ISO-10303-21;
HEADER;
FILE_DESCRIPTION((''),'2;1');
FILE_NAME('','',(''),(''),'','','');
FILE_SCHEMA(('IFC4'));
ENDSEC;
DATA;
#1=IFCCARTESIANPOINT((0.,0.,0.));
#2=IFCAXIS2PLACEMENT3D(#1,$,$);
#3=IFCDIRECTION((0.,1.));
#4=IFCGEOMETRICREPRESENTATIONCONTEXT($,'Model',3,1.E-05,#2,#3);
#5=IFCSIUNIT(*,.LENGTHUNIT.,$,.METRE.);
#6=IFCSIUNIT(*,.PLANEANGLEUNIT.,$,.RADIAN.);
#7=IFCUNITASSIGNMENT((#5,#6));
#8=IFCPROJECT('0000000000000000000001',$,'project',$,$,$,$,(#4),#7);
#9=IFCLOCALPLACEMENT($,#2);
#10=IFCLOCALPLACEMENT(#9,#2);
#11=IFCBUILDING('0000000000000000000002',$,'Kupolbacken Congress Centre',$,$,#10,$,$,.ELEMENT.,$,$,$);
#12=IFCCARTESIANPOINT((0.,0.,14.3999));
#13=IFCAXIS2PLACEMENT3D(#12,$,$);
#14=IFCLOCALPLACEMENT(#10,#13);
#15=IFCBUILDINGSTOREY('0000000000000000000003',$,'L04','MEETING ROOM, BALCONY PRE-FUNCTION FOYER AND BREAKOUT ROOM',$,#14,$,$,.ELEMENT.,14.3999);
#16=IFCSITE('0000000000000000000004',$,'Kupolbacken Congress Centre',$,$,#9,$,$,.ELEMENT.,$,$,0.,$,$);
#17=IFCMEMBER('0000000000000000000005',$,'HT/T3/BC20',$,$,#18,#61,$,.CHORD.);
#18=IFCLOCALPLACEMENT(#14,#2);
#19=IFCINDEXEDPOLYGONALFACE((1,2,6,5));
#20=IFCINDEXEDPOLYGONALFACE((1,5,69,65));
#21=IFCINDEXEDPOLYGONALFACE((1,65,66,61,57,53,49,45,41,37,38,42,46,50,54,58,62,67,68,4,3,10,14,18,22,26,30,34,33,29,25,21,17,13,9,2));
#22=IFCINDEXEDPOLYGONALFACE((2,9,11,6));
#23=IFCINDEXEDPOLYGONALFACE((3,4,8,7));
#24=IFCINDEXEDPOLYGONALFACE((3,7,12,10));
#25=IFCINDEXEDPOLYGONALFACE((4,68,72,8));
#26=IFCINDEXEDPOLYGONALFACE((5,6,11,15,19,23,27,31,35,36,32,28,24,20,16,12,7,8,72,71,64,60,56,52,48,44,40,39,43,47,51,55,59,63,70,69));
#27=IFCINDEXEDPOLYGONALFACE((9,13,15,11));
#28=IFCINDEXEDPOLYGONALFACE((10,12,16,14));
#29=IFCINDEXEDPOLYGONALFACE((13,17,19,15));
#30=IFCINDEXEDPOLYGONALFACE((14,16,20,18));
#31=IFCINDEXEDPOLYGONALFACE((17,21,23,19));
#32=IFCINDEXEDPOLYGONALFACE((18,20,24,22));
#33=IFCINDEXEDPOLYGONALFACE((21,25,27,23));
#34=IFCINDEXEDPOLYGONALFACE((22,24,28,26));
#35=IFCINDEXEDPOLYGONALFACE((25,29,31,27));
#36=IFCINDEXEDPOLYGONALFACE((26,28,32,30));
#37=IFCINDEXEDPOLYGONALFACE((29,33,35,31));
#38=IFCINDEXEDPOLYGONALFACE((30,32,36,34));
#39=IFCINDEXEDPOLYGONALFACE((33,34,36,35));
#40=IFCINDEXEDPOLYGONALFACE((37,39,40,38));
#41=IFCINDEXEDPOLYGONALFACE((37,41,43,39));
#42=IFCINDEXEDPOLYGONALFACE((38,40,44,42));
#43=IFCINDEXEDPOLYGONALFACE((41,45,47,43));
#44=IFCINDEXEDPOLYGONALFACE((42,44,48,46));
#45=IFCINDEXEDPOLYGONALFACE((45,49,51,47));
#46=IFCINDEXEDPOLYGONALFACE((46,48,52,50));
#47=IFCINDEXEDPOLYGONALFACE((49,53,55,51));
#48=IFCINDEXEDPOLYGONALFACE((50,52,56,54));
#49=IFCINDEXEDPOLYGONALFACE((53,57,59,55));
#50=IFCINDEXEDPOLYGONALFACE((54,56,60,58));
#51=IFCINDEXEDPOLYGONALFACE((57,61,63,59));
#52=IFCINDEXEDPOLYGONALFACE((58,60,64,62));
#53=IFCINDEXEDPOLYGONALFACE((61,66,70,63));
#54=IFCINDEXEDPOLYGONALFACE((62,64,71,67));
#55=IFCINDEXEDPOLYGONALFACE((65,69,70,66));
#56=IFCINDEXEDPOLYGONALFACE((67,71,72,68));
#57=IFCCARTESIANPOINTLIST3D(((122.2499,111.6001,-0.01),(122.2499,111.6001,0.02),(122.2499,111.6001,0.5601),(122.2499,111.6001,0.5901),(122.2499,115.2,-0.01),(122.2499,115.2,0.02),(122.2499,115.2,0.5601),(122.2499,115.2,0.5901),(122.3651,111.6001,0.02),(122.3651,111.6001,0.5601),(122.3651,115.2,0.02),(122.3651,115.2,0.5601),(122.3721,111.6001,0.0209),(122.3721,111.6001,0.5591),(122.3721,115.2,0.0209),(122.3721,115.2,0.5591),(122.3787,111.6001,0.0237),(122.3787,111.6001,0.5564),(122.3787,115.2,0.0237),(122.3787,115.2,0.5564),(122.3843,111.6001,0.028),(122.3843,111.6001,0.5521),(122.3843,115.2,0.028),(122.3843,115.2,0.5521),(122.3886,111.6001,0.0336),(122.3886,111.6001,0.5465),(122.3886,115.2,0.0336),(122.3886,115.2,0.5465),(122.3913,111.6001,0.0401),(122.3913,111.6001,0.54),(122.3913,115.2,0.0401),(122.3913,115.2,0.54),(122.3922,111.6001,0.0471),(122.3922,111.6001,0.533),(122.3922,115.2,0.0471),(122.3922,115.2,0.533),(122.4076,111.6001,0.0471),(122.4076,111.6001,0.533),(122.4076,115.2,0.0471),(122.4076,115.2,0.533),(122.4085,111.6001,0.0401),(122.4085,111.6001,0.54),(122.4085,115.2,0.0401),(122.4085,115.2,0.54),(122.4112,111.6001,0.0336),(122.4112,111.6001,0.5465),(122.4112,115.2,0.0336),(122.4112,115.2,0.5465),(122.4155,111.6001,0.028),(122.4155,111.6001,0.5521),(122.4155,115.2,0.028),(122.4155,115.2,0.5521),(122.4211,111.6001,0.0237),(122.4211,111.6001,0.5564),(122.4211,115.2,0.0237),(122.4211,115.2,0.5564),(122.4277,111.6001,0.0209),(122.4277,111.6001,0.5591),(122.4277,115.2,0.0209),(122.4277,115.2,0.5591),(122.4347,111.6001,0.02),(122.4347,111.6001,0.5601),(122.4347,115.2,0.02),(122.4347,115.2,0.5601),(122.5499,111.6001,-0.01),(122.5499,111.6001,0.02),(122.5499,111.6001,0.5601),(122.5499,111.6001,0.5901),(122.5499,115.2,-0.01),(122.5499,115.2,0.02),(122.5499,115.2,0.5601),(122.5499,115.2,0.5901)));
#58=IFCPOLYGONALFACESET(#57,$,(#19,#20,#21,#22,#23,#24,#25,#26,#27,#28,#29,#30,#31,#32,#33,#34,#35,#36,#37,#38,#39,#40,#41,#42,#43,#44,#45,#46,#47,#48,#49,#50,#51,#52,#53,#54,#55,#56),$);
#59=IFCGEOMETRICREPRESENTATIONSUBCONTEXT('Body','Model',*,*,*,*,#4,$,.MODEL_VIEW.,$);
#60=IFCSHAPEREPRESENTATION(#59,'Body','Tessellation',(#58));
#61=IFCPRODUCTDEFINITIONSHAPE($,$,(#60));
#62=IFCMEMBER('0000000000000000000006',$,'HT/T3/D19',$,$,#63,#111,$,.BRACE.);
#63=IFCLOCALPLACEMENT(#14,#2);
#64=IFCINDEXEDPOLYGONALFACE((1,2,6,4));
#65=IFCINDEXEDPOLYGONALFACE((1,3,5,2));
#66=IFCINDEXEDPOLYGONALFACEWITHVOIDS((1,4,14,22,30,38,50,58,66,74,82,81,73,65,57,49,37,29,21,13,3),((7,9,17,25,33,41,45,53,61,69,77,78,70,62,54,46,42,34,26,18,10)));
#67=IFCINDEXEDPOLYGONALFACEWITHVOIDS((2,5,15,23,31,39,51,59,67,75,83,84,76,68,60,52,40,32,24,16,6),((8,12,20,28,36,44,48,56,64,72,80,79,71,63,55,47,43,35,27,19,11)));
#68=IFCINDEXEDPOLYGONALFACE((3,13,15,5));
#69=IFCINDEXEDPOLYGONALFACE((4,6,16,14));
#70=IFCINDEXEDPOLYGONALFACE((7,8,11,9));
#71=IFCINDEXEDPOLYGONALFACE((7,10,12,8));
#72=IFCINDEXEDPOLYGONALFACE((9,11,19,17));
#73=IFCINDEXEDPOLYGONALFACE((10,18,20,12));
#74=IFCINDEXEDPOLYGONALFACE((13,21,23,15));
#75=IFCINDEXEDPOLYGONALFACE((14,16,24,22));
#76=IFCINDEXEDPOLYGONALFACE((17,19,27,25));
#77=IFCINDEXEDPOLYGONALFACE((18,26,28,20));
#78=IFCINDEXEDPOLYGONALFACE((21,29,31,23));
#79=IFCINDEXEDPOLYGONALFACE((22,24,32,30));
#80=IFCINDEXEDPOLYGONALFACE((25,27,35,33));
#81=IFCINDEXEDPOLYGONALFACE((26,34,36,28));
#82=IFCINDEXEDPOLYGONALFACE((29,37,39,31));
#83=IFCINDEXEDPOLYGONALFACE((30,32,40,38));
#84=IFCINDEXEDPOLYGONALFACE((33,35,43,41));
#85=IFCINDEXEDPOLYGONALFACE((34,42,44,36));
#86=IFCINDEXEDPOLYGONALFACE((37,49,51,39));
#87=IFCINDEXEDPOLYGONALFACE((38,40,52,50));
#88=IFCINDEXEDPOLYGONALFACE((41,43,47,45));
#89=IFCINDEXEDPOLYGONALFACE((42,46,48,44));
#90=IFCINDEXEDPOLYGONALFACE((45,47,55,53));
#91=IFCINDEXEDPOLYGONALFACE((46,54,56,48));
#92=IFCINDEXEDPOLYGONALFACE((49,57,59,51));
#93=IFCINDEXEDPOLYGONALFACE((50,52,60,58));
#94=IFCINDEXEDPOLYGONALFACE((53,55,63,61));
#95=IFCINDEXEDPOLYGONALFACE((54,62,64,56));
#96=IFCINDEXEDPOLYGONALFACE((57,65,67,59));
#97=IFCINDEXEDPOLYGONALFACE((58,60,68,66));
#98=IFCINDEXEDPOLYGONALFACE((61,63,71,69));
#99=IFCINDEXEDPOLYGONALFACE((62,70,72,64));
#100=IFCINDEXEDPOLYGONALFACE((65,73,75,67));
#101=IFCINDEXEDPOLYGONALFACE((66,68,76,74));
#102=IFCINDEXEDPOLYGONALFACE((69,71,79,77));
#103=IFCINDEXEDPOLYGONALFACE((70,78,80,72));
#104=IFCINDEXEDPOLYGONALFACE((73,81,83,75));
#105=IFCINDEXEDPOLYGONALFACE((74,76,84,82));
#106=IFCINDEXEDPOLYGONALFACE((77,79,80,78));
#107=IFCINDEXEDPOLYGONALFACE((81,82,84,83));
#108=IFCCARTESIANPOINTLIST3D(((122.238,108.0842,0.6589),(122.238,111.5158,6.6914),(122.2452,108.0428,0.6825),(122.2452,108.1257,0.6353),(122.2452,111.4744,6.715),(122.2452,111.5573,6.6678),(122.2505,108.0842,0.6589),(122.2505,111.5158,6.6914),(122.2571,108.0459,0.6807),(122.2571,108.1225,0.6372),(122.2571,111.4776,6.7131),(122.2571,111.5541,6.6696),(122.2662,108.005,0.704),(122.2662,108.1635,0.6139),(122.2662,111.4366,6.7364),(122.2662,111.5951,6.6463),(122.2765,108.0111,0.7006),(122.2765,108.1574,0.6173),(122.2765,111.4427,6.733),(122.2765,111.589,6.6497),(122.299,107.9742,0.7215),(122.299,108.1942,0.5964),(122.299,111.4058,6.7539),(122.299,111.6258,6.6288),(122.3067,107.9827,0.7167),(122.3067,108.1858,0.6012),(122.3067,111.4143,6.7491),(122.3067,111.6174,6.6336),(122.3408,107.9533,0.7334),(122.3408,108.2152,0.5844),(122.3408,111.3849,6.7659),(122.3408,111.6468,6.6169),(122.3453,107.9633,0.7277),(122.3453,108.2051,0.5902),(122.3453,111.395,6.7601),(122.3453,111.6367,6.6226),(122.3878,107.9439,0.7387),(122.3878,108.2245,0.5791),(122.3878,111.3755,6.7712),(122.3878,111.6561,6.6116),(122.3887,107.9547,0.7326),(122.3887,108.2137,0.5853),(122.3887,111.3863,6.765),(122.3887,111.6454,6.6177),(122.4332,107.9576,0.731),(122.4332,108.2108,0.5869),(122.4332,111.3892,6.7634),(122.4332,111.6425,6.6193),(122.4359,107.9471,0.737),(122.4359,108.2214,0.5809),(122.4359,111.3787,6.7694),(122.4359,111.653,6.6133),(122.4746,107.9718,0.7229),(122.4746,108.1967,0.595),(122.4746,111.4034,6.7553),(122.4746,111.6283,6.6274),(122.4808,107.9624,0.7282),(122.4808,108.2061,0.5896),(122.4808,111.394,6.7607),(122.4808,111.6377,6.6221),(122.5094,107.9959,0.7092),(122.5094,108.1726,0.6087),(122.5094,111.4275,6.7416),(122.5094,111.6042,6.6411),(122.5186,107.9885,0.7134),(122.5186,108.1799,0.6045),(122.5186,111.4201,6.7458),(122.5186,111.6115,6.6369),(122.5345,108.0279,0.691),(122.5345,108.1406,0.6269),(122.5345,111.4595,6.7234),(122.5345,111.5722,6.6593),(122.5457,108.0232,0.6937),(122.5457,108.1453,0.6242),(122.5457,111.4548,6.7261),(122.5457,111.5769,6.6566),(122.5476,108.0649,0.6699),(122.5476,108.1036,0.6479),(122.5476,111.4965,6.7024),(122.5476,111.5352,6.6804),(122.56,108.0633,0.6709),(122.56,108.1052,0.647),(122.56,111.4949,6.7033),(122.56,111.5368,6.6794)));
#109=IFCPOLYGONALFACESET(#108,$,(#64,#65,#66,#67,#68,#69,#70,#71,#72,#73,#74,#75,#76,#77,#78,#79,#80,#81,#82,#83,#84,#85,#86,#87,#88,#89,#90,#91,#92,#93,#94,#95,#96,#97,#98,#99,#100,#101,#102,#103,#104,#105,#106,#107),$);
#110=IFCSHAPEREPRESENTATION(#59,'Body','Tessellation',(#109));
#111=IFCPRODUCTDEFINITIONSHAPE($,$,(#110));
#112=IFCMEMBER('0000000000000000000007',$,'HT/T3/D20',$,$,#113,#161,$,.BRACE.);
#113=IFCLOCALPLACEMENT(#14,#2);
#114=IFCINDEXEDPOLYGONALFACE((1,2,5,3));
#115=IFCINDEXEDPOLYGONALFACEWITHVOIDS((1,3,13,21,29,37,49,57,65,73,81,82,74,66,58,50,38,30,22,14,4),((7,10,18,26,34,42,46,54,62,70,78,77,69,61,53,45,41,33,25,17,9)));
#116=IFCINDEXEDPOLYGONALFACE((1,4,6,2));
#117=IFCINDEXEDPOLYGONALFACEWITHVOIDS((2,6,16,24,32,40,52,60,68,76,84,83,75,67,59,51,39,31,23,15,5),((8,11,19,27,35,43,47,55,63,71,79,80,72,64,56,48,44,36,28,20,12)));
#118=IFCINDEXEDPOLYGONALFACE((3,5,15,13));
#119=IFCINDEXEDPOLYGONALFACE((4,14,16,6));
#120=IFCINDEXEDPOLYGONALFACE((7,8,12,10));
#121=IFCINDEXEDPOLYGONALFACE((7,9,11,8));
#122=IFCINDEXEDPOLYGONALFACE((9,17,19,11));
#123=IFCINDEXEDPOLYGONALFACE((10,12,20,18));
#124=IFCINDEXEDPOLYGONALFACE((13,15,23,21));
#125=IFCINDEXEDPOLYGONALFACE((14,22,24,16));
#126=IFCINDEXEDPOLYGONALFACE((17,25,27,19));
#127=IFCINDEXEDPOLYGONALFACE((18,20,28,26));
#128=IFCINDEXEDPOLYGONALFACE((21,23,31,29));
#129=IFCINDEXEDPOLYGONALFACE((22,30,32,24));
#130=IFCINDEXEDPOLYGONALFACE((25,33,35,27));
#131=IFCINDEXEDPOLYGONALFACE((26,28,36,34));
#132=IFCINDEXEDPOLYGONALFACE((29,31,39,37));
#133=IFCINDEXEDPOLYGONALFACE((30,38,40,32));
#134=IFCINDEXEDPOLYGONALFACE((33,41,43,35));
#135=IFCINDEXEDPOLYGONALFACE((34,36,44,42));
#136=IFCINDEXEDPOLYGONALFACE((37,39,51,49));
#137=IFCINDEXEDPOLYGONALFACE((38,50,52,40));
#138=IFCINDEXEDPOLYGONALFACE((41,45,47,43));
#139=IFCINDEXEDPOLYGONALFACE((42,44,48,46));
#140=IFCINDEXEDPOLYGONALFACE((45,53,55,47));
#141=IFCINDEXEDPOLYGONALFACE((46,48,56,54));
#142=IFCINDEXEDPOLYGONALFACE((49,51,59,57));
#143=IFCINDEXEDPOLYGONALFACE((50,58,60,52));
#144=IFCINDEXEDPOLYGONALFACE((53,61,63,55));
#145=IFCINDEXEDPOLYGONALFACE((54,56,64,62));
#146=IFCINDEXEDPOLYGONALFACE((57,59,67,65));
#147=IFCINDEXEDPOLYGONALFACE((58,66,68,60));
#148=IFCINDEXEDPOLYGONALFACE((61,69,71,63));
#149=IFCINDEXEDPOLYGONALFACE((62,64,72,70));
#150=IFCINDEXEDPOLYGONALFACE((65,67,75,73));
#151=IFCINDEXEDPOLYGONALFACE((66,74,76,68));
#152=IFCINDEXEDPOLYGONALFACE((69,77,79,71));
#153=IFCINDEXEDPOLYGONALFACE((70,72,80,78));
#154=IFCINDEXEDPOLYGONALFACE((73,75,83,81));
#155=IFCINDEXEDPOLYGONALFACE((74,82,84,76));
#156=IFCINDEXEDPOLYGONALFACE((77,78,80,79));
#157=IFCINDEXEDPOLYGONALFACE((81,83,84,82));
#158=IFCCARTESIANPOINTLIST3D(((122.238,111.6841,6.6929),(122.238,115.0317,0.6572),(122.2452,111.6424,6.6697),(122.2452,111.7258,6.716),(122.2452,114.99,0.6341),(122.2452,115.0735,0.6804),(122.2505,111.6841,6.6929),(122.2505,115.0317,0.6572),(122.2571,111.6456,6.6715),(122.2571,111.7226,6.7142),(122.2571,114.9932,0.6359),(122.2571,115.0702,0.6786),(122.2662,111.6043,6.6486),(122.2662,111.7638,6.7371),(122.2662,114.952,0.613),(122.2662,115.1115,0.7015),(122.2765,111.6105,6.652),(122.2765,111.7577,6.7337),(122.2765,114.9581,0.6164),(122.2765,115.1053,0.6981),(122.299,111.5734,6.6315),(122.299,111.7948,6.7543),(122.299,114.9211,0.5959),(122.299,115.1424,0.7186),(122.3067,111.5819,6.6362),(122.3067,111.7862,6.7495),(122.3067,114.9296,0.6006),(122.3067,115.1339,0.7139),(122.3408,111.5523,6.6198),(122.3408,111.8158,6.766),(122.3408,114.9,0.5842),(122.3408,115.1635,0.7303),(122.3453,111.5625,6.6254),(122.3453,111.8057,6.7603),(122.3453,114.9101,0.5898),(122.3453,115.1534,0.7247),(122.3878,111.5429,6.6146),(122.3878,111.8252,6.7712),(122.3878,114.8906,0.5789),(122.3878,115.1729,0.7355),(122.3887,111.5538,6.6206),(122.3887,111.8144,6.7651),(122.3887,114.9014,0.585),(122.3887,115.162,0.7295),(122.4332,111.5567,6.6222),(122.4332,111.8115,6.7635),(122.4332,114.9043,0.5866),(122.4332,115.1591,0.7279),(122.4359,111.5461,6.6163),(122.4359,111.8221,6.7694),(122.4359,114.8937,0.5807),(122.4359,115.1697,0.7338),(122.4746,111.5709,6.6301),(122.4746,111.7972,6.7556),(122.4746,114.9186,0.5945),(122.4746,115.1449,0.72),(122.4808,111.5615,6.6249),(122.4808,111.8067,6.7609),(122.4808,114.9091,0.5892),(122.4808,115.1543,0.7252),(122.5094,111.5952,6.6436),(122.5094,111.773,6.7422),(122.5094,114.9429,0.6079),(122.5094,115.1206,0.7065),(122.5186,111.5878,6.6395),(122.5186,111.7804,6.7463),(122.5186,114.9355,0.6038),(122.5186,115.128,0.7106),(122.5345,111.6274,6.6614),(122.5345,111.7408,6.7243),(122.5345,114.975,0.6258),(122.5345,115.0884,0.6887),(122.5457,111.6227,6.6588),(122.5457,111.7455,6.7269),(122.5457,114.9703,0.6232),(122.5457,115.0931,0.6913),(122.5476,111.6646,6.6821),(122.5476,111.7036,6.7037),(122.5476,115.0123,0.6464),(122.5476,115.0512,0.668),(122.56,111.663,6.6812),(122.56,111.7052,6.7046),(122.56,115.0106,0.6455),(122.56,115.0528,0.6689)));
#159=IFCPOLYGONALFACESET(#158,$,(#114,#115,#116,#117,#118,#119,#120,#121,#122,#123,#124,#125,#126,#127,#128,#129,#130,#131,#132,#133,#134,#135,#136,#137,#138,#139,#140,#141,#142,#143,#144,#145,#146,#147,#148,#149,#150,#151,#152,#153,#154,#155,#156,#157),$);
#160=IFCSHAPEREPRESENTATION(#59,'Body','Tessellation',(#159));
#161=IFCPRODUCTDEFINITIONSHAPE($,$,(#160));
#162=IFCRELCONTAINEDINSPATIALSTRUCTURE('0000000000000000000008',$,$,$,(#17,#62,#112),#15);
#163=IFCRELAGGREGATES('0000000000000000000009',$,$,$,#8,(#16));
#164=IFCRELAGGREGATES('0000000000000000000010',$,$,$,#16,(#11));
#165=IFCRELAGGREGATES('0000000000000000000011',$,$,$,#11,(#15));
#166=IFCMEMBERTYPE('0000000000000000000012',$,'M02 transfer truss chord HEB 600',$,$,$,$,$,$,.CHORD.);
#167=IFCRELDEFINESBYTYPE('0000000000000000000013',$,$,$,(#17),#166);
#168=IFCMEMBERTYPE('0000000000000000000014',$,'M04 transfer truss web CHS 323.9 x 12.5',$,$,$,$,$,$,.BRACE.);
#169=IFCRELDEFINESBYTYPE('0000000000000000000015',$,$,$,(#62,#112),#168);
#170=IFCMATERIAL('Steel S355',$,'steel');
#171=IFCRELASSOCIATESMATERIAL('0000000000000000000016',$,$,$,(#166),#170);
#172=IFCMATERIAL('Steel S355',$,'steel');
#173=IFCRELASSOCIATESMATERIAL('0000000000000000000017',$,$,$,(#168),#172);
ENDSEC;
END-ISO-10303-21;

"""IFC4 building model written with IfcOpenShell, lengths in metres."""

from ifc_helpers import new_model, si_unit, direction, frame, origin, origin_2d, place, context, subcontext, project, spatial, hollow_circle, i_section, extrude, material, material_profile, profile_set, type_object, element, save


model = new_model("IFC4")

# Units and contexts
model_context = context("Model", 3, precision=1e-05, world=origin(), true_north=direction((0.0, 1.0)))
body_context = subcontext(model_context, "Body", "Model", "MODEL_VIEW")
ifc_project = project(units=[si_unit("LENGTHUNIT", "METRE"), si_unit("PLANEANGLEUNIT", "RADIAN")], contexts=[model_context])

# Site, building, storey
site_placement = place(None, origin())
site = spatial("IfcSite", under=ifc_project, at=site_placement, Name="Kupolbacken Congress Centre", CompositionType="ELEMENT", RefElevation=0.0)
building_placement = place(site_placement, origin())
building = spatial("IfcBuilding", under=site, at=building_placement, Name="Kupolbacken Congress Centre", CompositionType="ELEMENT")
storey_placement = place(building_placement, frame((0.0, 0.0, 14.3999)))
storey = spatial("IfcBuildingStorey", under=building, at=storey_placement, Name="L04", Description="MEETING ROOM, BALCONY PRE-FUNCTION FOYER AND BREAKOUT ROOM", CompositionType="ELEMENT", Elevation=14.3999)

# Members
ifc_material_1 = material(Name="Steel S355", Category="steel")
ifc_material_profile_1 = material_profile(ifc_material_1, i_section(OverallWidth=0.3, OverallDepth=0.6001, WebThickness=0.0154, FlangeThickness=0.03, FilletRadius=0.0271, at=origin_2d()), Name="HEB 600")
ifc_profile_set_1 = profile_set([ifc_material_profile_1], Name="Steel S355")
member_type_1 = type_object("IfcMemberType", Name="M02 transfer truss chord HEB 600", PredefinedType="CHORD", material=ifc_profile_set_1)
member_1_placement = place(storey_placement, frame((122.3999, 111.6001, 0.29), z_axis=(0.0, 1.0, 0.0), x_axis=(-1.0, 0.0, 0.0)))
element("IfcMember", 1, at=member_1_placement, inside=storey, type_object=member_type_1, Name="HT/T3/BC20", PredefinedType="CHORD", context=body_context, shape_type="SweptSolid", body=[
    extrude(i_section(OverallWidth=0.3, OverallDepth=0.6001, WebThickness=0.0154, FlangeThickness=0.03, FilletRadius=0.0271, at=origin_2d()), origin(), (0.0, 0.0, 1.0), 3.5999),
])
ifc_material_2 = material(Name="Steel S355", Category="steel")
ifc_material_profile_2 = material_profile(ifc_material_2, hollow_circle(Radius=0.1619, WallThickness=0.0125, at=origin_2d()), Name="CHS 323.9 x 12.5")
ifc_profile_set_2 = profile_set([ifc_material_profile_2], Name="Steel S355")
member_type_2 = type_object("IfcMemberType", Name="M04 transfer truss web CHS 323.9 x 12.5", PredefinedType="BRACE", material=ifc_profile_set_2)
member_2_placement = place(storey_placement, frame((122.3999, 108.0842, 0.6589), z_axis=(0.0, 0.494456, 0.869203), x_axis=(-1.0, 0.0, 0.0)))
element("IfcMember", 2, at=member_2_placement, inside=storey, type_object=member_type_2, Name="HT/T3/D19", PredefinedType="BRACE", context=body_context, shape_type="SweptSolid", body=[
    extrude(hollow_circle(Radius=0.1619, WallThickness=0.0125, at=origin_2d()), origin(), (0.0, 0.0, 1.0), 6.9402),
])
member_3_placement = place(storey_placement, frame((122.3999, 111.6841, 6.6929), z_axis=(0.0, 0.485036, -0.874494), x_axis=(-1.0, 0.0, 0.0)))
element("IfcMember", 3, at=member_3_placement, inside=storey, type_object=member_type_2, Name="HT/T3/D20", PredefinedType="BRACE", context=body_context, shape_type="SweptSolid", body=[
    extrude(hollow_circle(Radius=0.1619, WallThickness=0.0125, at=origin_2d()), origin(), (0.0, 0.0, 1.0), 6.9019),
])

save(model, "model.ifc")
